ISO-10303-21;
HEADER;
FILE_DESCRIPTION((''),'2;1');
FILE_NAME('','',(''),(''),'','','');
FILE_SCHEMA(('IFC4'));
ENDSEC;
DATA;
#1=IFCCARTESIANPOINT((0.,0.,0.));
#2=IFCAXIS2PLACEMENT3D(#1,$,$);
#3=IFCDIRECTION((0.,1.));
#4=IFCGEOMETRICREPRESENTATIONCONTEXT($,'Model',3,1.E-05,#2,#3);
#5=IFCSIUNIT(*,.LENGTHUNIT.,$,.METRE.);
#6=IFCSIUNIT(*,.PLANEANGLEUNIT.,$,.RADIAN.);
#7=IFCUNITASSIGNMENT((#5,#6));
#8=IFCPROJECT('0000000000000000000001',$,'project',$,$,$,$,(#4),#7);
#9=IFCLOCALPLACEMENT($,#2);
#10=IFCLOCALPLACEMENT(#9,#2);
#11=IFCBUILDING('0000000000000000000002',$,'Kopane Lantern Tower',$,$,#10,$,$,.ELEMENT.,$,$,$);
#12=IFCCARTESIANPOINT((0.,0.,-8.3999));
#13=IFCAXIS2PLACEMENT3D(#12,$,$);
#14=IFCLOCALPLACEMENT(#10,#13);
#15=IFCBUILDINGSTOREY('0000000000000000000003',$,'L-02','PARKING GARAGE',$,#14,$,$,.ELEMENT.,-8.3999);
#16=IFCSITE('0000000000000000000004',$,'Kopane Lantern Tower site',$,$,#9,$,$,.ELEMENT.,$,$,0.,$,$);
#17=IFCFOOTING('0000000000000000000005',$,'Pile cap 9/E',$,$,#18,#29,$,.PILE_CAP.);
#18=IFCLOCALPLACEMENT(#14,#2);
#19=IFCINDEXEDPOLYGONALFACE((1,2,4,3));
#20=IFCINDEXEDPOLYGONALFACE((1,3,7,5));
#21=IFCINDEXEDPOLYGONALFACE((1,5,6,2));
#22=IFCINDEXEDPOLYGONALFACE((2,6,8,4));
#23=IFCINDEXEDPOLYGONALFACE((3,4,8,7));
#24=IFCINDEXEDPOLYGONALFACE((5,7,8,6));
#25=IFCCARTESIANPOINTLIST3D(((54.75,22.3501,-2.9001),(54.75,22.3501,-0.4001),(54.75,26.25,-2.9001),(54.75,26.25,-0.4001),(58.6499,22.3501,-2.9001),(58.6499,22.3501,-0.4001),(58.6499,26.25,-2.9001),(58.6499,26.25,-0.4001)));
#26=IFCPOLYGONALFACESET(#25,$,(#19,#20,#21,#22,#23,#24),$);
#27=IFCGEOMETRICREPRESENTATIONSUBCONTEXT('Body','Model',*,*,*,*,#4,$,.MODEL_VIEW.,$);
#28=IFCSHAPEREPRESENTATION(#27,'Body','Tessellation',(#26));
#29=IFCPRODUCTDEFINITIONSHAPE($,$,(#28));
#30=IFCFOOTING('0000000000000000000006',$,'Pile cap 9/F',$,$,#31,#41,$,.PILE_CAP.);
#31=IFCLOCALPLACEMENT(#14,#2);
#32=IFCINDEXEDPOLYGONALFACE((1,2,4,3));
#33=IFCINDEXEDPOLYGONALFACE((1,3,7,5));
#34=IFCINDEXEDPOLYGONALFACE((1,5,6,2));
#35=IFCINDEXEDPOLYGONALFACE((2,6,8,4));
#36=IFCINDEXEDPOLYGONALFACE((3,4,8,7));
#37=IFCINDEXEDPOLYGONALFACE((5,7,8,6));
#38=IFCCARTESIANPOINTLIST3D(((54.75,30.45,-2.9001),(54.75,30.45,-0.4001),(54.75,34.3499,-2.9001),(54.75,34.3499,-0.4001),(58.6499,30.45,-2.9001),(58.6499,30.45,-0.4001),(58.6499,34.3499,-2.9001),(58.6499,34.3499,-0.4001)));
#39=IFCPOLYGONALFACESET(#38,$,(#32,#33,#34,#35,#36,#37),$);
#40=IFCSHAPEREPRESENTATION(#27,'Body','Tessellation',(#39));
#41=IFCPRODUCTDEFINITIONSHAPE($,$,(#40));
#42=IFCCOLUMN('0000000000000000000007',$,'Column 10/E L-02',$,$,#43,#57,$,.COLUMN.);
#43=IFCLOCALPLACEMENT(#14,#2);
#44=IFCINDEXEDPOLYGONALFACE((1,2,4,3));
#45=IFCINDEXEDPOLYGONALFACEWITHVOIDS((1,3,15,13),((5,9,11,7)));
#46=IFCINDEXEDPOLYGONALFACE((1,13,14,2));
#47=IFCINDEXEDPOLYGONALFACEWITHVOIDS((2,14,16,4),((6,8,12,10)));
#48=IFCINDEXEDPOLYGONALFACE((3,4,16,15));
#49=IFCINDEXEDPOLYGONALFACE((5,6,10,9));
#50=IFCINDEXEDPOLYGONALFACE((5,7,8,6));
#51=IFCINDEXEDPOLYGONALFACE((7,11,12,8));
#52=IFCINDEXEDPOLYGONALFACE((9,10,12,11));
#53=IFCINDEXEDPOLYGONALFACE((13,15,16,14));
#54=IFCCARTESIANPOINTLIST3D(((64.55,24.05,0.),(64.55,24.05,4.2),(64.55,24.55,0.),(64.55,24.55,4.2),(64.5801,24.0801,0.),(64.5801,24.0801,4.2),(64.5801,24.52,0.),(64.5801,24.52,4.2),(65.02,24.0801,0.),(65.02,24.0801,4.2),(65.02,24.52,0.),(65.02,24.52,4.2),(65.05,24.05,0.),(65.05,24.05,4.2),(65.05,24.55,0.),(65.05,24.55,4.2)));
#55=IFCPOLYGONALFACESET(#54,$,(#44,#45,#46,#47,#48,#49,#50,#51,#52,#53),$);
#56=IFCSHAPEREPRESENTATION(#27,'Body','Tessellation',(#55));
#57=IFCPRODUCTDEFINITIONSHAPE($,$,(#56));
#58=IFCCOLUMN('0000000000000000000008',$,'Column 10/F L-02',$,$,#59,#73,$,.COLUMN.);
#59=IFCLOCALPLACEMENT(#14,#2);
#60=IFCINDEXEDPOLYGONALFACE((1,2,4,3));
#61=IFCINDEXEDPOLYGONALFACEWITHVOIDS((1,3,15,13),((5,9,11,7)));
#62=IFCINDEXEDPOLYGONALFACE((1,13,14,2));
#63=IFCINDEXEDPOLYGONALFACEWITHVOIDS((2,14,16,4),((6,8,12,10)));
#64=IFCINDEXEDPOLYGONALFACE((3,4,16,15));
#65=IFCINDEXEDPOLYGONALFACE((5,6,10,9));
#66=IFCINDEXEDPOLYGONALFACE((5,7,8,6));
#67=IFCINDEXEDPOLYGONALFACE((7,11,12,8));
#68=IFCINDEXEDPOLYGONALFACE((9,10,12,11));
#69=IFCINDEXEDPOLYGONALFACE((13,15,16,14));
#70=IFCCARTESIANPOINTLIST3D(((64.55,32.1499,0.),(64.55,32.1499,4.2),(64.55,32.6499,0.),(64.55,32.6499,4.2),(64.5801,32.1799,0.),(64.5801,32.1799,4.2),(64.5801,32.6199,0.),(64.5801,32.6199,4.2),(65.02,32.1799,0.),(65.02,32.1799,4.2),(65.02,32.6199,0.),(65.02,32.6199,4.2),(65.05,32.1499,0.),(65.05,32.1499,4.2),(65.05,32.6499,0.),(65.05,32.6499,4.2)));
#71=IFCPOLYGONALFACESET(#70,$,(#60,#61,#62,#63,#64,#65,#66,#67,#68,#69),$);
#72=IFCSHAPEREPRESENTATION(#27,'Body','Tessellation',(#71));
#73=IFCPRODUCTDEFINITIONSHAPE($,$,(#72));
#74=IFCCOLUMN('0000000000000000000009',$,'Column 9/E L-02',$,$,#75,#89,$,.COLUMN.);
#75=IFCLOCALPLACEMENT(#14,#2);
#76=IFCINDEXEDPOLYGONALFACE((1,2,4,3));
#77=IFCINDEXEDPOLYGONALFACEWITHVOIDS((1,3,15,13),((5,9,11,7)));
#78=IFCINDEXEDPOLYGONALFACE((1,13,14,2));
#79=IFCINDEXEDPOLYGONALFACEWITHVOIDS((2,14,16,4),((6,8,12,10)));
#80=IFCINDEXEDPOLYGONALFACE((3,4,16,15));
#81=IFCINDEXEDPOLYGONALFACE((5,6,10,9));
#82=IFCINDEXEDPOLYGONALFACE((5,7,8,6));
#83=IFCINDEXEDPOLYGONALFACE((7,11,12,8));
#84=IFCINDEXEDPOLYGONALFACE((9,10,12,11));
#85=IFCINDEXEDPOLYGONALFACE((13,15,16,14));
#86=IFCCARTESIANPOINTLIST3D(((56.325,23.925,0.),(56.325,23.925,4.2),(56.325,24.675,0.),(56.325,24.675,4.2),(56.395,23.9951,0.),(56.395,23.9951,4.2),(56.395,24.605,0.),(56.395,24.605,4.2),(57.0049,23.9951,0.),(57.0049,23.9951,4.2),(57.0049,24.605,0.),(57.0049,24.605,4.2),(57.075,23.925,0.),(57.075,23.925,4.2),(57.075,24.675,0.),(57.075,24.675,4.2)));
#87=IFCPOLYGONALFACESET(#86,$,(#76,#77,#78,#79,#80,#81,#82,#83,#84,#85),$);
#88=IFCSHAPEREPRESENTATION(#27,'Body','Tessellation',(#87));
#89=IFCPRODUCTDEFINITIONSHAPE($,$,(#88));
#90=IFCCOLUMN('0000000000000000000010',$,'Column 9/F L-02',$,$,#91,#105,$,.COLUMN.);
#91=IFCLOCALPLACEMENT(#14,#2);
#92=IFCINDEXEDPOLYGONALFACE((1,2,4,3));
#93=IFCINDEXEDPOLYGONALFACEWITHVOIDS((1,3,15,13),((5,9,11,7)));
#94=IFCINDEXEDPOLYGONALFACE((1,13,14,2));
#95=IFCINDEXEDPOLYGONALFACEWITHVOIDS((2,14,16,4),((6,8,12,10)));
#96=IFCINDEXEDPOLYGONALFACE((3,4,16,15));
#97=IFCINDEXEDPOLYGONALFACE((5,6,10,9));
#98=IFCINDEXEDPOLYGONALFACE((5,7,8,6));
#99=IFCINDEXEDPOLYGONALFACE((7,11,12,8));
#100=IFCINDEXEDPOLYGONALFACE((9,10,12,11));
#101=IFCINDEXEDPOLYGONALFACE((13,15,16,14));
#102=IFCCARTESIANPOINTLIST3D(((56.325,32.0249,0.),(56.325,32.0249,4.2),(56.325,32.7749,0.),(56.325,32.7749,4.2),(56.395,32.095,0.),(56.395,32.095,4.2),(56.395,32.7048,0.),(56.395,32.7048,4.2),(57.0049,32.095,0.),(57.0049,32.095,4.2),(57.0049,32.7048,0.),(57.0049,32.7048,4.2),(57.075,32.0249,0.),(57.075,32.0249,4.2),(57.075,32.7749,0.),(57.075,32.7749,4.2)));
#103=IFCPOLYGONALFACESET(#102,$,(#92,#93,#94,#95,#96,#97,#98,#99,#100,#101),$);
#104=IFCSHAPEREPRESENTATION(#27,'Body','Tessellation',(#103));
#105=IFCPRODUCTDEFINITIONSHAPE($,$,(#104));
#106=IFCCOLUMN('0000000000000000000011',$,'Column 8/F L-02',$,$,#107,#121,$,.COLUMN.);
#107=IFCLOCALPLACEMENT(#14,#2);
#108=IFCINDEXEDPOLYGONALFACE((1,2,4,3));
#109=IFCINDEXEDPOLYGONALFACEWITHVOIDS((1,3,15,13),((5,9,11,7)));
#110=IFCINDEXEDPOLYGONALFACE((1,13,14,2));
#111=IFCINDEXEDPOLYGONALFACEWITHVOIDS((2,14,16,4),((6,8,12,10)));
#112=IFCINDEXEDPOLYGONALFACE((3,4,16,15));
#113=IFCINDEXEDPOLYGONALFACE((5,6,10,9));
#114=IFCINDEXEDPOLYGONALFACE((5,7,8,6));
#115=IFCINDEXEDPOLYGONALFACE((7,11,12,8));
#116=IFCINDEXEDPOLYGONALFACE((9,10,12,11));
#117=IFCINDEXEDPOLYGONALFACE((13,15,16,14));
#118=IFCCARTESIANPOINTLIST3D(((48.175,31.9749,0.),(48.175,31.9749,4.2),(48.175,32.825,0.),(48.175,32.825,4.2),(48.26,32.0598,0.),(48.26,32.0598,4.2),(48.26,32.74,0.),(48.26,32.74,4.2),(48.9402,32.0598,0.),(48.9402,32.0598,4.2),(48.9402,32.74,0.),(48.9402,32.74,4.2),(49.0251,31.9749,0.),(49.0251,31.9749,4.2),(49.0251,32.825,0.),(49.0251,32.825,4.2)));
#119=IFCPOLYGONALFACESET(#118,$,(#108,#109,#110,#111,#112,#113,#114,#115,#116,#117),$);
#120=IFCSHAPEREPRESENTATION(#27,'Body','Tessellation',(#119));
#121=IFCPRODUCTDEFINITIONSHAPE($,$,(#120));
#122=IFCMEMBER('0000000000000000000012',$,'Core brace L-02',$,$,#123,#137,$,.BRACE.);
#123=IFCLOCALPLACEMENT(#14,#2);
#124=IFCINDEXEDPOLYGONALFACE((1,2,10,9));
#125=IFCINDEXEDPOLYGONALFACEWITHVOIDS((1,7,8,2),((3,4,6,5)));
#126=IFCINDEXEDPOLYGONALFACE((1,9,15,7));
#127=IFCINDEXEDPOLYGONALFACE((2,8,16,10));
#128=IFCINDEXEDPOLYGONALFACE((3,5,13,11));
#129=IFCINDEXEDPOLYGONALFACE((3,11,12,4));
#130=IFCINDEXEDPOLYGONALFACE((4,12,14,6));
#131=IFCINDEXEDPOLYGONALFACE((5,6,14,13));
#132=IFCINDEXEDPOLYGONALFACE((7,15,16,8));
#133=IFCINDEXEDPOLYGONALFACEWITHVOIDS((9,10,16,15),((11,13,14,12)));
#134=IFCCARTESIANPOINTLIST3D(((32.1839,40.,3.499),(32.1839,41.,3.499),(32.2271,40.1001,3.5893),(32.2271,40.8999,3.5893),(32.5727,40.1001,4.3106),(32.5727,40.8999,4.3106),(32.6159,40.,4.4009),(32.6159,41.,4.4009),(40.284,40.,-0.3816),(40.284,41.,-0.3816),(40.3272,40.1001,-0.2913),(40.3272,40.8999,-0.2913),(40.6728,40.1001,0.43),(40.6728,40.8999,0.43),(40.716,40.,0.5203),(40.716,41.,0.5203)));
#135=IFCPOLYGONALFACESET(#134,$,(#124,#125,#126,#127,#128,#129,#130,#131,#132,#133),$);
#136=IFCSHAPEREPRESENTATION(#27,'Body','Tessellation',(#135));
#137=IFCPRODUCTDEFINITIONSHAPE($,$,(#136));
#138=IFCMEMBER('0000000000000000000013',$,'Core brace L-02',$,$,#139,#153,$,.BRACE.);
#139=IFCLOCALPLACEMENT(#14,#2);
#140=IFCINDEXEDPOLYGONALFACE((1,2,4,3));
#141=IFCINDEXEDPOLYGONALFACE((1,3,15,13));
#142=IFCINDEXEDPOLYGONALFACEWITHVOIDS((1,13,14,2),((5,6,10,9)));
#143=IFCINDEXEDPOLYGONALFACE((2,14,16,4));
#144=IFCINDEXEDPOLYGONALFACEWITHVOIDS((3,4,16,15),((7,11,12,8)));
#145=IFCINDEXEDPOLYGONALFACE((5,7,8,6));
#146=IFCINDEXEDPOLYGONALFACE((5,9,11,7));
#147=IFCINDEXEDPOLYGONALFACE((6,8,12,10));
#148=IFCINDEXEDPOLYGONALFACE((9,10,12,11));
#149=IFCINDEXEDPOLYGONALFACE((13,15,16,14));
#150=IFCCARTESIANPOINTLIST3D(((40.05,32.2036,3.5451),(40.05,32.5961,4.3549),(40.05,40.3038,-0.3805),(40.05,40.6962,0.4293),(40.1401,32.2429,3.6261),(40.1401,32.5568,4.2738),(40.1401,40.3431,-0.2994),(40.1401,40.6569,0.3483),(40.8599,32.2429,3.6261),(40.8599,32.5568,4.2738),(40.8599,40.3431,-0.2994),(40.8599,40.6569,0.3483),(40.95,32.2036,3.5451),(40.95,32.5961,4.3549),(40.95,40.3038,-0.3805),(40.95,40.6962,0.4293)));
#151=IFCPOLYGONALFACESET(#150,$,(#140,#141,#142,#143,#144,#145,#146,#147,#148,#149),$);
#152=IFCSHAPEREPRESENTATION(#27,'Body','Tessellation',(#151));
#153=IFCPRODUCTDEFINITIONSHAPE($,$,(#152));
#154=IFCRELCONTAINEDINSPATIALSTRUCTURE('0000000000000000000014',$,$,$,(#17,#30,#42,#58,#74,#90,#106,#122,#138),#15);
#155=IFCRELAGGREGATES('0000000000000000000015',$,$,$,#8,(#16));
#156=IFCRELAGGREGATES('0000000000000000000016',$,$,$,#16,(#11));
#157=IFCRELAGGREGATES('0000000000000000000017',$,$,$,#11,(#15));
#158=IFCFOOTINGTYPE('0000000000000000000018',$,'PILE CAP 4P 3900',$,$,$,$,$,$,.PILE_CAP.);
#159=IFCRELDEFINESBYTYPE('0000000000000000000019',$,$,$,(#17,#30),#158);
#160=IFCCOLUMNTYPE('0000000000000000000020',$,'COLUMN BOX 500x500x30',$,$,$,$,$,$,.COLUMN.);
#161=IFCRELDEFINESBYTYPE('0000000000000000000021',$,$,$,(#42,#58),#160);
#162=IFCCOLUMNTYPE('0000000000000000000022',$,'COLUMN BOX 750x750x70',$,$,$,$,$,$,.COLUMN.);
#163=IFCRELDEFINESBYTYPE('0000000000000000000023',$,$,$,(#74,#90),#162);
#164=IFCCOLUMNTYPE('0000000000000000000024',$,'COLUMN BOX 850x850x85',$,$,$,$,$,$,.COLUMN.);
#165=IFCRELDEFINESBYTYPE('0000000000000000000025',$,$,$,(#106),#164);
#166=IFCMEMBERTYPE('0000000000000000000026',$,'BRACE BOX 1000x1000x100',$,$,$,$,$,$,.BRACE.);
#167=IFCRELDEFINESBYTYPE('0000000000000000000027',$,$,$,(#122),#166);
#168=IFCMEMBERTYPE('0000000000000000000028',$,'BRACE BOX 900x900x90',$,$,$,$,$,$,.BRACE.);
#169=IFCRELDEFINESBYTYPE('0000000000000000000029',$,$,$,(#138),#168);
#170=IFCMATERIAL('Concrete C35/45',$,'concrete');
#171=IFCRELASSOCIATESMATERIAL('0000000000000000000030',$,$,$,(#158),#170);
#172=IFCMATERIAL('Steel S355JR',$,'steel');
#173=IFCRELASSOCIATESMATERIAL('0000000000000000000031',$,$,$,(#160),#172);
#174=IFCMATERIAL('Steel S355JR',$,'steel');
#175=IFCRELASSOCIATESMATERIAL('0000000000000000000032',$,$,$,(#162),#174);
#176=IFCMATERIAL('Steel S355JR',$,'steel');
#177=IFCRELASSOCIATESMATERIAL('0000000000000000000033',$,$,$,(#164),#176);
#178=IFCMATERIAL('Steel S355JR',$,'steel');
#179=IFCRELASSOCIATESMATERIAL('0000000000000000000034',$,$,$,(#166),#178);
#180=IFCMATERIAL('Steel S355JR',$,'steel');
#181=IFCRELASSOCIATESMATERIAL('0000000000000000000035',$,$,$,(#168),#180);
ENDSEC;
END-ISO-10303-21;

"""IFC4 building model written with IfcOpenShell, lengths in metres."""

from ifc_helpers import new_model, si_unit, direction, frame, origin, origin_2d, place, context, subcontext, project, spatial, rectangle, hollow_rectangle, extrude, material, material_profile, profile_set, type_object, element, save


model = new_model("IFC4")

# Units and contexts
model_context = context("Model", 3, precision=1e-05, world=origin(), true_north=direction((0.0, 1.0)))
body_context = subcontext(model_context, "Body", "Model", "MODEL_VIEW")
ifc_project = project(units=[si_unit("LENGTHUNIT", "METRE"), si_unit("PLANEANGLEUNIT", "RADIAN")], contexts=[model_context])

# Site, building, storey
site_placement = place(None, origin())
site = spatial("IfcSite", under=ifc_project, at=site_placement, Name="Kopane Lantern Tower site", CompositionType="ELEMENT", RefElevation=0.0)
building_placement = place(site_placement, origin())
building = spatial("IfcBuilding", under=site, at=building_placement, Name="Kopane Lantern Tower", CompositionType="ELEMENT")
storey_placement = place(building_placement, frame((0.0, 0.0, -8.3999)))
storey = spatial("IfcBuildingStorey", under=building, at=storey_placement, Name="L-02", Description="PARKING GARAGE", CompositionType="ELEMENT", Elevation=-8.3999)

# Footings
ifc_material_1 = material(Name="Concrete C35/45", Category="concrete")
footing_type_1 = type_object("IfcFootingType", Name="PILE CAP 4P 3900", PredefinedType="PILE_CAP", material=ifc_material_1)
for number, where, z_axis, x_axis, name in (
    (1, (56.7, 24.3, -2.9001), (0.0, 0.0, 1.0), (1.0, 0.0, 0.0), "Pile cap 9/E"),
    (2, (56.7, 32.3999, -2.9001), (0.0, 0.0, 1.0), (1.0, 0.0, 0.0), "Pile cap 9/F"),
):
    element("IfcFooting", number, at=place(storey_placement, frame(where, z_axis=z_axis, x_axis=x_axis)), inside=storey, type_object=footing_type_1, Name=name, PredefinedType="PILE_CAP", context=body_context, shape_type="SweptSolid", body=[
        extrude(rectangle(XDim=3.8999, YDim=3.8999, at=origin_2d()), origin(), (0.0, 0.0, 1.0), 2.5),
    ])

# Columns
ifc_material_2 = material(Name="Steel S355JR", Category="steel")
ifc_material_profile_1 = material_profile(ifc_material_2, hollow_rectangle(XDim=0.5, YDim=0.5, WallThickness=0.03, at=origin_2d()), Name="BOX 500x500x30")
ifc_profile_set_1 = profile_set([ifc_material_profile_1], Name="Steel S355JR")
column_type_1 = type_object("IfcColumnType", Name="COLUMN BOX 500x500x30", PredefinedType="COLUMN", material=ifc_profile_set_1)
for number, where, z_axis, x_axis, name in (
    (3, (64.8, 24.3, 0.0), (0.0, 0.0, 1.0), (1.0, 0.0, 0.0), "Column 10/E L-02"),
    (4, (64.8, 32.3999, 0.0), (0.0, 0.0, 1.0), (1.0, 0.0, 0.0), "Column 10/F L-02"),
):
    element("IfcColumn", number, at=place(storey_placement, frame(where, z_axis=z_axis, x_axis=x_axis)), inside=storey, type_object=column_type_1, Name=name, PredefinedType="COLUMN", context=body_context, shape_type="SweptSolid", body=[
        extrude(hollow_rectangle(XDim=0.5, YDim=0.5, WallThickness=0.03, at=origin_2d()), origin(), (0.0, 0.0, 1.0), 4.2),
    ])
ifc_material_3 = material(Name="Steel S355JR", Category="steel")
ifc_material_profile_2 = material_profile(ifc_material_3, hollow_rectangle(XDim=0.75, YDim=0.75, WallThickness=0.0701, at=origin_2d()), Name="BOX 750x750x70")
ifc_profile_set_2 = profile_set([ifc_material_profile_2], Name="Steel S355JR")
column_type_2 = type_object("IfcColumnType", Name="COLUMN BOX 750x750x70", PredefinedType="COLUMN", material=ifc_profile_set_2)
for number, where, z_axis, x_axis, name in (
    (5, (56.7, 24.3, 0.0), (0.0, 0.0, 1.0), (1.0, 0.0, 0.0), "Column 9/E L-02"),
    (6, (56.7, 32.3999, 0.0), (0.0, 0.0, 1.0), (1.0, 0.0, 0.0), "Column 9/F L-02"),
):
    element("IfcColumn", number, at=place(storey_placement, frame(where, z_axis=z_axis, x_axis=x_axis)), inside=storey, type_object=column_type_2, Name=name, PredefinedType="COLUMN", context=body_context, shape_type="SweptSolid", body=[
        extrude(hollow_rectangle(XDim=0.75, YDim=0.75, WallThickness=0.0701, at=origin_2d()), origin(), (0.0, 0.0, 1.0), 4.2),
    ])
ifc_material_4 = material(Name="Steel S355JR", Category="steel")
ifc_material_profile_3 = material_profile(ifc_material_4, hollow_rectangle(XDim=0.8501, YDim=0.8501, WallThickness=0.085, at=origin_2d()), Name="BOX 850x850x85")
ifc_profile_set_3 = profile_set([ifc_material_profile_3], Name="Steel S355JR")
column_type_3 = type_object("IfcColumnType", Name="COLUMN BOX 850x850x85", PredefinedType="COLUMN", material=ifc_profile_set_3)
column_placement = place(storey_placement, frame((48.6001, 32.3999, 0.0), z_axis=(0.0, 0.0, 1.0), x_axis=(1.0, 0.0, 0.0)))
element("IfcColumn", 7, at=column_placement, inside=storey, type_object=column_type_3, Name="Column 8/F L-02", PredefinedType="COLUMN", context=body_context, shape_type="SweptSolid", body=[
    extrude(hollow_rectangle(XDim=0.8501, YDim=0.8501, WallThickness=0.085, at=origin_2d()), origin(), (0.0, 0.0, 1.0), 4.2),
])

# Members
ifc_material_5 = material(Name="Steel S355JR", Category="steel")
ifc_material_profile_4 = material_profile(ifc_material_5, hollow_rectangle(XDim=1.0, YDim=1.0, WallThickness=0.1001, at=origin_2d()), Name="BOX 1000x1000x100")
ifc_profile_set_4 = profile_set([ifc_material_profile_4], Name="Steel S355JR")
member_type_1 = type_object("IfcMemberType", Name="BRACE BOX 1000x1000x100", PredefinedType="BRACE", material=ifc_profile_set_4)
member_1_placement = place(storey_placement, frame((40.5, 40.5, 0.0693), z_axis=(-0.901846, 0.0, 0.432058), x_axis=(0.0, -1.0, 0.0)))
element("IfcMember", 8, at=member_1_placement, inside=storey, type_object=member_type_1, Name="Core brace L-02", PredefinedType="BRACE", context=body_context, shape_type="SweptSolid", body=[
    extrude(hollow_rectangle(XDim=1.0, YDim=1.0, WallThickness=0.1001, at=origin_2d()), origin(), (0.0, 0.0, 1.0), 8.9817),
])
ifc_material_6 = material(Name="Steel S355JR", Category="steel")
ifc_material_profile_5 = material_profile(ifc_material_6, hollow_rectangle(XDim=0.8999, YDim=0.8999, WallThickness=0.0901, at=origin_2d()), Name="BOX 900x900x90")
ifc_profile_set_5 = profile_set([ifc_material_profile_5], Name="Steel S355JR")
member_type_2 = type_object("IfcMemberType", Name="BRACE BOX 900x900x90", PredefinedType="BRACE", material=ifc_profile_set_5)
member_2_placement = place(storey_placement, frame((40.5, 40.5, 0.0244), z_axis=(0.0, -0.899892, 0.436113), x_axis=(1.0, 0.0, 0.0)))
element("IfcMember", 9, at=member_2_placement, inside=storey, type_object=member_type_2, Name="Core brace L-02", PredefinedType="BRACE", context=body_context, shape_type="SweptSolid", body=[
    extrude(hollow_rectangle(XDim=0.8999, YDim=0.8999, WallThickness=0.0901, at=origin_2d()), origin(), (0.0, 0.0, 1.0), 9.0012),
])

save(model, "model.ifc")
